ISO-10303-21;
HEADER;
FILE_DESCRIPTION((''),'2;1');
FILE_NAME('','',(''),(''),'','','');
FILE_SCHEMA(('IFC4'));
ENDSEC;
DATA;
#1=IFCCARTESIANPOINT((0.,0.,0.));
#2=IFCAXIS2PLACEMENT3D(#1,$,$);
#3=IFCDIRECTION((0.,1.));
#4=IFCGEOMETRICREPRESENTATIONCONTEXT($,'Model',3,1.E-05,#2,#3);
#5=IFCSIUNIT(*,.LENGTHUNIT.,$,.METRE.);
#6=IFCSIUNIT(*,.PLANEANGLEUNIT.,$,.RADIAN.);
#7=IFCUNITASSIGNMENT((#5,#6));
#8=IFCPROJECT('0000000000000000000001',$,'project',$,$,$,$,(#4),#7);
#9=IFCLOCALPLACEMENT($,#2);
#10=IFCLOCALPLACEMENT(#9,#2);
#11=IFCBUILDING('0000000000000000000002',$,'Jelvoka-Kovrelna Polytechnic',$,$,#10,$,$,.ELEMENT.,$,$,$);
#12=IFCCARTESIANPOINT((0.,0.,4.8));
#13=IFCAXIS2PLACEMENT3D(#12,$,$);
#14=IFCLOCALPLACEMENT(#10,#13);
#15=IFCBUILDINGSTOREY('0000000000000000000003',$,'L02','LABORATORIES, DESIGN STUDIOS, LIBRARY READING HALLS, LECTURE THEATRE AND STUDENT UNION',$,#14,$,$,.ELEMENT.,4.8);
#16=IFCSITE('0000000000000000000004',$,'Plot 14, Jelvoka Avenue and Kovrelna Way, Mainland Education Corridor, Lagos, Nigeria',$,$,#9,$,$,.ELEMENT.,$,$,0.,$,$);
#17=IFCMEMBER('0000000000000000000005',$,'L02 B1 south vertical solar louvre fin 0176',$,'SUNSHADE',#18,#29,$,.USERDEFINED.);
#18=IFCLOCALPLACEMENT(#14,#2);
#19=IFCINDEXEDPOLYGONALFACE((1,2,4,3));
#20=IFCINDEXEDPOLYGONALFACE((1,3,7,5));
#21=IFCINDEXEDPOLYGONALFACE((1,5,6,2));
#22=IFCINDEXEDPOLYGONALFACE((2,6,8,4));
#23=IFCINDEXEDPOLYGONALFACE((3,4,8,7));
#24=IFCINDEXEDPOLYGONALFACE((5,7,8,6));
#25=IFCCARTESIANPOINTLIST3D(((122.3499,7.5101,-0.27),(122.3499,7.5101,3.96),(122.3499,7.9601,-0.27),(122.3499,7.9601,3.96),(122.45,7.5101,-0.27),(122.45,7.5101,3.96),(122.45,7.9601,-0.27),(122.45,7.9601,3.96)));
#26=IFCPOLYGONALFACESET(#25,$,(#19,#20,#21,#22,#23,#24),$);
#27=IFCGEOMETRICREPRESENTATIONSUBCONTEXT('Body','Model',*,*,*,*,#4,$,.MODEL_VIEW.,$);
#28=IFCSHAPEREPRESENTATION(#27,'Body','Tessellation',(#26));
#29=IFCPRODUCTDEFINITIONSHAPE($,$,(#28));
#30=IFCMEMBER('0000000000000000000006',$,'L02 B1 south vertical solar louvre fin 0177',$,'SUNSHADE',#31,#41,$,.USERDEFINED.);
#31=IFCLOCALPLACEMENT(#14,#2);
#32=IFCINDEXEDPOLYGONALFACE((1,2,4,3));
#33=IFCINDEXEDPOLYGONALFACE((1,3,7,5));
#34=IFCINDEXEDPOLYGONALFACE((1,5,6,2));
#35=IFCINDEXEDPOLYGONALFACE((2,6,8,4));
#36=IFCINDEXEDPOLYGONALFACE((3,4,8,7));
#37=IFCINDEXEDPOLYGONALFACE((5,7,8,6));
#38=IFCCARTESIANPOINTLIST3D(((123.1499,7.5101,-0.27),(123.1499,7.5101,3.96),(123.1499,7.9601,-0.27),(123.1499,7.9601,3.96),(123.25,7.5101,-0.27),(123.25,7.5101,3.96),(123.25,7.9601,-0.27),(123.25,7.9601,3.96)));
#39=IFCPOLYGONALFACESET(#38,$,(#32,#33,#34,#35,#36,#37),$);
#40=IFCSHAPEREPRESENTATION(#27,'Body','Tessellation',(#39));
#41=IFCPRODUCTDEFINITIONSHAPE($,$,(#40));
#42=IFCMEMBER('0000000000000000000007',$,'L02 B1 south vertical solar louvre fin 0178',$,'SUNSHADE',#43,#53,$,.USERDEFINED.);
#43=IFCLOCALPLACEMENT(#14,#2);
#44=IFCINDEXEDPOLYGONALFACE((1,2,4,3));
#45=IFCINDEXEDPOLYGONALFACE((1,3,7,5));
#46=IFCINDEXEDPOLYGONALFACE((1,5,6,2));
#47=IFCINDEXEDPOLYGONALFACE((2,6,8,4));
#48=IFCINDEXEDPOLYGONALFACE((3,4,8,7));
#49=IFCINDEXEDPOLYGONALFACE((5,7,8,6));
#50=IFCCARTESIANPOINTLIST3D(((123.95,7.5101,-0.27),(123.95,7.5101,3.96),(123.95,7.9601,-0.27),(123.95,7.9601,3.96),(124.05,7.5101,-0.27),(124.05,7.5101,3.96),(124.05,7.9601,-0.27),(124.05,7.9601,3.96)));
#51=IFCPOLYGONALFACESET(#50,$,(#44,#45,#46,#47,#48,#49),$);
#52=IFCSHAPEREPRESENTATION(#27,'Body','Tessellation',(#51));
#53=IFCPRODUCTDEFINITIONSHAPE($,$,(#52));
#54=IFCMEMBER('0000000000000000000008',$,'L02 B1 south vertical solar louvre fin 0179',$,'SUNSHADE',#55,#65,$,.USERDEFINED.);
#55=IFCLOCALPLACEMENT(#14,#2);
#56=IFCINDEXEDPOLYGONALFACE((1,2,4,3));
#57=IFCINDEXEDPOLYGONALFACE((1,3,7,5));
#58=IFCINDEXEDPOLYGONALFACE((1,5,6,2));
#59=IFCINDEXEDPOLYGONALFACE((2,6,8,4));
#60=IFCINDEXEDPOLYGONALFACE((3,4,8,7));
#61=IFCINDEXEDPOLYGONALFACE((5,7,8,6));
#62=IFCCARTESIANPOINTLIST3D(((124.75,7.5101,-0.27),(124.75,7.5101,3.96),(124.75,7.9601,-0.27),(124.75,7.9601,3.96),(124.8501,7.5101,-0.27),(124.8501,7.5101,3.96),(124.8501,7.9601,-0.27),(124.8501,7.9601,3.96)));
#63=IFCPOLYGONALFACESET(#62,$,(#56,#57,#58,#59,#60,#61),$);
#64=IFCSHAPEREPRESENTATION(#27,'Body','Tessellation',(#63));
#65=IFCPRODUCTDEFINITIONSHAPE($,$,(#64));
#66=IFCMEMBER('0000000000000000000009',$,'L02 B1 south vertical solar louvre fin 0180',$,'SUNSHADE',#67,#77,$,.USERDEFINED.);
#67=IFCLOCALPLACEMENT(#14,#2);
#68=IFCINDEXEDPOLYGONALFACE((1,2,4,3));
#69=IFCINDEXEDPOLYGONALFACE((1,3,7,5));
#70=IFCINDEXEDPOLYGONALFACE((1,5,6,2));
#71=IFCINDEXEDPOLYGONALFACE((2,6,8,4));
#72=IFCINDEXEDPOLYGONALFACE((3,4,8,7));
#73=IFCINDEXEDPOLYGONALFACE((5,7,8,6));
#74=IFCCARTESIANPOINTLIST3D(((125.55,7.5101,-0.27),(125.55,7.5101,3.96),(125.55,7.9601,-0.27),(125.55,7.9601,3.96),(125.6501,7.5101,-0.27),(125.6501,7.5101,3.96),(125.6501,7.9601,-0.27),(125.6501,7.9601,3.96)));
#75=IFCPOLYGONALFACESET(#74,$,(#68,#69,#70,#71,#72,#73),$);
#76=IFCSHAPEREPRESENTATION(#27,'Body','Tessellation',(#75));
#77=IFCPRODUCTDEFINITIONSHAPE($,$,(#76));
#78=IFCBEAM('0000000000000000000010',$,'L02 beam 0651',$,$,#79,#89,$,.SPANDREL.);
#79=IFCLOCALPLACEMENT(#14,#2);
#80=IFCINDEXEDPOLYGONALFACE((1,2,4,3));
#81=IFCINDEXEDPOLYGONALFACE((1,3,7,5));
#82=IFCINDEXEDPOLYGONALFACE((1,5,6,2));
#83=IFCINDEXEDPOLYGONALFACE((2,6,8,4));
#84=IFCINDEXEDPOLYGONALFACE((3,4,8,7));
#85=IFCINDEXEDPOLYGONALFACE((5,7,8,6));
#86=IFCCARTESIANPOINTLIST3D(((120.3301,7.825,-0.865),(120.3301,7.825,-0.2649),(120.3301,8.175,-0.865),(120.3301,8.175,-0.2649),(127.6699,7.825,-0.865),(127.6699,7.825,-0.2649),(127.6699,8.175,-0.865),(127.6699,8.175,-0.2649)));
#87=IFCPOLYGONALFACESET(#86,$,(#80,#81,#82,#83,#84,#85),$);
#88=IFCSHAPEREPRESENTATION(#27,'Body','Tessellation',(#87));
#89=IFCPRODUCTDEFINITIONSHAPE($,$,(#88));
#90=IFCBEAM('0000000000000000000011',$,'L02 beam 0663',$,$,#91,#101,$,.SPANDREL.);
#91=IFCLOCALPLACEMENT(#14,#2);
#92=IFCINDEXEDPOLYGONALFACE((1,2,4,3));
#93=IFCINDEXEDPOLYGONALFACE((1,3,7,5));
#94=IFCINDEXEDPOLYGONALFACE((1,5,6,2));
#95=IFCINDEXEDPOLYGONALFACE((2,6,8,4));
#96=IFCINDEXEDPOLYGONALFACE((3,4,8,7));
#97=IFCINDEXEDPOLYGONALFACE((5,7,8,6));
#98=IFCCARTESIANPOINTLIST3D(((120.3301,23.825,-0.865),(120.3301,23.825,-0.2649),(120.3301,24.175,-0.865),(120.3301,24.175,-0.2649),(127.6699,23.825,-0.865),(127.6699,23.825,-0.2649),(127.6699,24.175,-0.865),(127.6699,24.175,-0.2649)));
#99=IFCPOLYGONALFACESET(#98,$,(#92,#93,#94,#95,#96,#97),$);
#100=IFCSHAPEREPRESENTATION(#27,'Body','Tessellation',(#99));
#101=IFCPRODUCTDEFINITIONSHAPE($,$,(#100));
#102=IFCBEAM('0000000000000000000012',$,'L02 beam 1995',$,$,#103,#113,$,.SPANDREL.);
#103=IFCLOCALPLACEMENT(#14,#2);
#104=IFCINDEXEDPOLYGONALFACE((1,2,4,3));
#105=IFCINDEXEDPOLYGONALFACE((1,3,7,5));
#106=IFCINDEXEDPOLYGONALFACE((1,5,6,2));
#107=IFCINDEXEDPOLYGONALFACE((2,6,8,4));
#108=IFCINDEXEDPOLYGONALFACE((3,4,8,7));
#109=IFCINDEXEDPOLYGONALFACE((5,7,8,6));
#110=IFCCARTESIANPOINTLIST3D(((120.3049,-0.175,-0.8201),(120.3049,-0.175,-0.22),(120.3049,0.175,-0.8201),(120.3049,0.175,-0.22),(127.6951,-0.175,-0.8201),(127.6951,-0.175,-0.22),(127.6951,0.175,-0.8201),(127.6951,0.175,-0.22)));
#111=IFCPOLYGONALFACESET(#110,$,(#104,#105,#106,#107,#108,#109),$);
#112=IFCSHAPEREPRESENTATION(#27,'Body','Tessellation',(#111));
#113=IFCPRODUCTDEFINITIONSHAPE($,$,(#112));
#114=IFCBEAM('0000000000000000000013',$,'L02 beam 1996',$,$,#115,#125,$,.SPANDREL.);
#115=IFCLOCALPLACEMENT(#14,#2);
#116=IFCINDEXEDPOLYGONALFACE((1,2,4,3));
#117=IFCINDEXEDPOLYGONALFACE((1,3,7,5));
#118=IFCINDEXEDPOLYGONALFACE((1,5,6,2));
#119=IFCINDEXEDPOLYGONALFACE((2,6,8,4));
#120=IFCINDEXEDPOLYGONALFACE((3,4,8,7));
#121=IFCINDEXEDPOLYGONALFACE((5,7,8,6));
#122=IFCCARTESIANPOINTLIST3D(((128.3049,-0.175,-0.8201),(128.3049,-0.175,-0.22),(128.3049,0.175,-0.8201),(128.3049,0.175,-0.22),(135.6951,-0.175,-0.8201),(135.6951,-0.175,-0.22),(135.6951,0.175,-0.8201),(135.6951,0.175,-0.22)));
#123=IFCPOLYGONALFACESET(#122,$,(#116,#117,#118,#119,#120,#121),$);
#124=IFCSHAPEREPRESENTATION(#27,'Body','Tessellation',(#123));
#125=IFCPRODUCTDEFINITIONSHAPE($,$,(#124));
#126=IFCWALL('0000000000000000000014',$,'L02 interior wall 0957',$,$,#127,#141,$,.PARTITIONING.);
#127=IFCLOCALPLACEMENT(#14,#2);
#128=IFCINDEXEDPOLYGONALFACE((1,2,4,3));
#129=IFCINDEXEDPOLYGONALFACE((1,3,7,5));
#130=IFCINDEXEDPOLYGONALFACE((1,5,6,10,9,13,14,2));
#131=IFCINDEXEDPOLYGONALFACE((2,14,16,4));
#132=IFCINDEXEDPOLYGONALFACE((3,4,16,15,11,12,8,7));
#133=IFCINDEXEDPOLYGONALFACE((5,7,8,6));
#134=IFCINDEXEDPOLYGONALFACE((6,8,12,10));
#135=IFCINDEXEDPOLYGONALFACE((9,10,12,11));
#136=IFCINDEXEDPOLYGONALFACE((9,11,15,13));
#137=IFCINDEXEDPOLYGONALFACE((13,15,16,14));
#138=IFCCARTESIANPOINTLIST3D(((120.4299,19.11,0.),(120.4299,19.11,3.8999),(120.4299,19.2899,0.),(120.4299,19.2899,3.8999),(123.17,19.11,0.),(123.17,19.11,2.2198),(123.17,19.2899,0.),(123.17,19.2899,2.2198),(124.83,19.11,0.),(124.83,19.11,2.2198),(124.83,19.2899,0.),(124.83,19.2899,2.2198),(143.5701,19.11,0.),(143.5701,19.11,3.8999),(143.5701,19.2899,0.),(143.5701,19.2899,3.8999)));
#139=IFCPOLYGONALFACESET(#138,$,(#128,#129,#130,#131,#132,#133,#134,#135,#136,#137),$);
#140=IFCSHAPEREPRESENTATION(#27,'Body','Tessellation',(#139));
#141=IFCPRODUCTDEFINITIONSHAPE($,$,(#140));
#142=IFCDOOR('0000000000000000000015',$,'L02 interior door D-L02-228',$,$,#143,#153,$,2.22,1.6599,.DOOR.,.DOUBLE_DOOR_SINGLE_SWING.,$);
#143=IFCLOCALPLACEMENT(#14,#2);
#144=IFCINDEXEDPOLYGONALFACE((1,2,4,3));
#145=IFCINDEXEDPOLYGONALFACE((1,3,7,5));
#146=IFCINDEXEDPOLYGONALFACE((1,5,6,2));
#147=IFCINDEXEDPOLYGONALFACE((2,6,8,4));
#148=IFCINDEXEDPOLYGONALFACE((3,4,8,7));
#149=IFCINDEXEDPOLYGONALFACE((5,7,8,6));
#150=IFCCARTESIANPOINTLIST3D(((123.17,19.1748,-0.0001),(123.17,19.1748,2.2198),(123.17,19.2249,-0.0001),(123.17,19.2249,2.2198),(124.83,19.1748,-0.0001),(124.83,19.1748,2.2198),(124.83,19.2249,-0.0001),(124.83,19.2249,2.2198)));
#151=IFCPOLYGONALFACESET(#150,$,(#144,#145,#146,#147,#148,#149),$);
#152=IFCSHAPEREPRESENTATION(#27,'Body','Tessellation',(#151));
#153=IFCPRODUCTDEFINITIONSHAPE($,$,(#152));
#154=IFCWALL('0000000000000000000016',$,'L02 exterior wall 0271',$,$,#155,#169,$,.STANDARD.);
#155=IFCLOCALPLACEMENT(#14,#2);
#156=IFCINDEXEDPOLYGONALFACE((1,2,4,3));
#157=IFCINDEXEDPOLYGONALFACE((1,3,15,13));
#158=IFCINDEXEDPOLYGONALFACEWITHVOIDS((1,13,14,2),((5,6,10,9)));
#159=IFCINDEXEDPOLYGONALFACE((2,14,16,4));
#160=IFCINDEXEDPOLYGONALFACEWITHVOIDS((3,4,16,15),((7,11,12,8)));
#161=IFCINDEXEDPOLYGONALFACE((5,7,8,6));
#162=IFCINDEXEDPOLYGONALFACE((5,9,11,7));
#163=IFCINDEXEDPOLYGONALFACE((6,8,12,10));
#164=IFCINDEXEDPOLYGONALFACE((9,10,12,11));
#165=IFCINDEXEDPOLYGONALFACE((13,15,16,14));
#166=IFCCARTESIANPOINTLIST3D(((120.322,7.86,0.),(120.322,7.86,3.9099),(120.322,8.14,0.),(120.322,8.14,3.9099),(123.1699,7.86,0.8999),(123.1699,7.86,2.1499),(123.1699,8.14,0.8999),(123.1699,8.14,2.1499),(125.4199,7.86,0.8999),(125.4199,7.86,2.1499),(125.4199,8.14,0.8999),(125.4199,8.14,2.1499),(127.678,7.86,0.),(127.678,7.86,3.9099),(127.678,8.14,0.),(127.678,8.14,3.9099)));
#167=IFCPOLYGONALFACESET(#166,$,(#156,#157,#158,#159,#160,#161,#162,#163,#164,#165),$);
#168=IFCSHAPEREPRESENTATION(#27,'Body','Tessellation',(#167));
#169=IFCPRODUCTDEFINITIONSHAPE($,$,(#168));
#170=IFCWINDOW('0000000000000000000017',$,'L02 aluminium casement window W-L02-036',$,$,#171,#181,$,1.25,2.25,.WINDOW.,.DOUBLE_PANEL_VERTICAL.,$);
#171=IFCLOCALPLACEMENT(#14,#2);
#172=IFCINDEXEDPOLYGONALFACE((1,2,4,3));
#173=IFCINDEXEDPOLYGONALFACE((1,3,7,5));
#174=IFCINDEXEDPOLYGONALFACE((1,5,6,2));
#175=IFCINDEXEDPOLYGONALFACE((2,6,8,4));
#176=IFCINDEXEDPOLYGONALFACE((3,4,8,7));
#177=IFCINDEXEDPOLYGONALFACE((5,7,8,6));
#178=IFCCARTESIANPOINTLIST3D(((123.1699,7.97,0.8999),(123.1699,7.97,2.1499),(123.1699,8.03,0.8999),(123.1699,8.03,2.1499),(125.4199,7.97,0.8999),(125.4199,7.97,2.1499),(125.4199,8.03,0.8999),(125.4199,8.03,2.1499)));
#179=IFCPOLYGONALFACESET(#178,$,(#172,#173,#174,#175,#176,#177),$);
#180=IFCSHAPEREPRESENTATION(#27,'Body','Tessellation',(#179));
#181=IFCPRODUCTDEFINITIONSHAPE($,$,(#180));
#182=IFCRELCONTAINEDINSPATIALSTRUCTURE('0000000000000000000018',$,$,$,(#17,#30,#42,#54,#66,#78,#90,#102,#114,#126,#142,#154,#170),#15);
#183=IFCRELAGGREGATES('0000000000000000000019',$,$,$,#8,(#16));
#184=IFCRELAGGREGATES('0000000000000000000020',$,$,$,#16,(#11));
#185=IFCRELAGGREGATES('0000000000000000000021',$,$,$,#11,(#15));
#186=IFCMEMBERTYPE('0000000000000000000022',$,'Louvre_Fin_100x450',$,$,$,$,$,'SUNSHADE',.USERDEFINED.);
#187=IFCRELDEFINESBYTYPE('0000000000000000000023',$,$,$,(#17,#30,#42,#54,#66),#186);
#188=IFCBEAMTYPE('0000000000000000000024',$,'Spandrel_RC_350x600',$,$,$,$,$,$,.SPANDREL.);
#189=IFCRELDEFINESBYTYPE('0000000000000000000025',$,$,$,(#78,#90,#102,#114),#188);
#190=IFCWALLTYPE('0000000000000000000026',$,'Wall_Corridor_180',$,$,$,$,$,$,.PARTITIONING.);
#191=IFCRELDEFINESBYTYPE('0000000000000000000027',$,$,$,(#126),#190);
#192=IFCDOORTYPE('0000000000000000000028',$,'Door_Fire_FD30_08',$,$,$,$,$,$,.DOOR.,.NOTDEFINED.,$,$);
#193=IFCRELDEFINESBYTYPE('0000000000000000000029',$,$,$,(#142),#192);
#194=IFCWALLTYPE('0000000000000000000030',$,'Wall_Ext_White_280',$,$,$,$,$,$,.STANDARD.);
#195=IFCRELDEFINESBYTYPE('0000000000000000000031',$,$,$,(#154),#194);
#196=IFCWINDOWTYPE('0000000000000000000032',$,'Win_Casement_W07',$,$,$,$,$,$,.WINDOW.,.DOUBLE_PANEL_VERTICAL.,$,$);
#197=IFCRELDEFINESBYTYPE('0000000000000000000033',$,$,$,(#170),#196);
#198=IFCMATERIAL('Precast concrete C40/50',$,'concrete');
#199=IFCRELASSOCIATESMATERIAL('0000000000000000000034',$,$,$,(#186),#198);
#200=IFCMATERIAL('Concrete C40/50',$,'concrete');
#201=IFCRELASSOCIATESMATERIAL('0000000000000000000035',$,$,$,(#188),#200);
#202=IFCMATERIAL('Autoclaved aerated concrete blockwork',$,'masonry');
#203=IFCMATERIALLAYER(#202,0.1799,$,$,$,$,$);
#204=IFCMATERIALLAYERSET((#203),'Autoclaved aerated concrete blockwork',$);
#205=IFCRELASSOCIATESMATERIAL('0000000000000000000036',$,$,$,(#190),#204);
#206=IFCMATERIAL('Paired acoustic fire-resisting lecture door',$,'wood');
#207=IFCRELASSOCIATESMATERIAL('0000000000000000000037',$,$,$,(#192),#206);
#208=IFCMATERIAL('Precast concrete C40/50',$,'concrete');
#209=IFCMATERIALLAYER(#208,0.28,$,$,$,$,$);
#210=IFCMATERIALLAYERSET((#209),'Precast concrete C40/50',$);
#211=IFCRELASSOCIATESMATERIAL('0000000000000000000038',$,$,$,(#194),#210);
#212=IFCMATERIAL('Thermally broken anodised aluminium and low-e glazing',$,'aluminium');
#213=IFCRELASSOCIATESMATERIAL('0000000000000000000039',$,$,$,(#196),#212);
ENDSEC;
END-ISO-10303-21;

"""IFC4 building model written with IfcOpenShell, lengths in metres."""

from ifc_helpers import new_model, si_unit, direction, frame, frame_2d, origin, origin_2d, place, context, subcontext, project, spatial, rectangle, extrude, material, layer, layer_set, material_profile, profile_set, type_object, element, fill, save


model = new_model("IFC4")

# Units and contexts
model_context = context("Model", 3, precision=1e-05, world=origin(), true_north=direction((0.0, 1.0)))
body_context = subcontext(model_context, "Body", "Model", "MODEL_VIEW")
ifc_project = project(units=[si_unit("LENGTHUNIT", "METRE"), si_unit("PLANEANGLEUNIT", "RADIAN")], contexts=[model_context])

# Site, building, storey
site_placement = place(None, origin())
site = spatial("IfcSite", under=ifc_project, at=site_placement, Name="Plot 14, Jelvoka Avenue and Kovrelna Way, Mainland Education Corridor, Lagos, Nigeria", CompositionType="ELEMENT", RefElevation=0.0)
building_placement = place(site_placement, origin())
building = spatial("IfcBuilding", under=site, at=building_placement, Name="Jelvoka-Kovrelna Polytechnic", CompositionType="ELEMENT")
storey_placement = place(building_placement, frame((0.0, 0.0, 4.8)))
storey = spatial("IfcBuildingStorey", under=building, at=storey_placement, Name="L02", Description="LABORATORIES, DESIGN STUDIOS, LIBRARY READING HALLS, LECTURE THEATRE AND STUDENT UNION", CompositionType="ELEMENT", Elevation=4.8)

# Members
ifc_material_1 = material(Name="Precast concrete C40/50", Category="concrete")
ifc_material_profile_1 = material_profile(ifc_material_1, rectangle(XDim=0.1001, YDim=0.45, at=origin_2d()), Name="PC 100x450")
ifc_profile_set_1 = profile_set([ifc_material_profile_1], Name="Precast concrete C40/50")
member_type = type_object("IfcMemberType", Name="Louvre_Fin_100x450", ElementType="SUNSHADE", PredefinedType="USERDEFINED", material=ifc_profile_set_1)
for number, where, z_axis, x_axis, name in (
    (1, (122.3999, 7.7351, -0.27), (0.0, 0.0, 1.0), (1.0, 0.0, 0.0), "L02 B1 south vertical solar louvre fin 0176"),
    (2, (123.2, 7.7351, -0.27), (0.0, 0.0, 1.0), (1.0, 0.0, 0.0), "L02 B1 south vertical solar louvre fin 0177"),
    (3, (124.0, 7.7351, -0.27), (0.0, 0.0, 1.0), (1.0, 0.0, 0.0), "L02 B1 south vertical solar louvre fin 0178"),
    (4, (124.8, 7.7351, -0.27), (0.0, 0.0, 1.0), (1.0, 0.0, 0.0), "L02 B1 south vertical solar louvre fin 0179"),
    (5, (125.6001, 7.7351, -0.27), (0.0, 0.0, 1.0), (1.0, 0.0, 0.0), "L02 B1 south vertical solar louvre fin 0180"),
):
    element("IfcMember", number, at=place(storey_placement, frame(where, z_axis=z_axis, x_axis=x_axis)), inside=storey, type_object=member_type, Name=name, ObjectType="SUNSHADE", PredefinedType="USERDEFINED", context=body_context, shape_type="SweptSolid", body=[
        extrude(rectangle(XDim=0.1001, YDim=0.45, at=origin_2d()), origin(), (0.0, 0.0, 1.0), 4.23),
    ])

# Beams
ifc_material_2 = material(Name="Concrete C40/50", Category="concrete")
ifc_material_profile_2 = material_profile(ifc_material_2, rectangle(XDim=0.3501, YDim=0.6001, at=origin_2d()), Name="RC 350x600")
ifc_profile_set_2 = profile_set([ifc_material_profile_2], Name="Concrete C40/50")
beam_type_1 = type_object("IfcBeamType", Name="Spandrel_RC_350x600", PredefinedType="SPANDREL", material=ifc_profile_set_2)
for number, where, z_axis, x_axis, name in (
    (6, (120.3301, 8.0, -0.5649), (1.0, 0.0, 0.0), (0.0, 1.0, 0.0), "L02 beam 0651"),
    (7, (120.3301, 24.0, -0.5649), (1.0, 0.0, 0.0), (0.0, 1.0, 0.0), "L02 beam 0663"),
):
    element("IfcBeam", number, at=place(storey_placement, frame(where, z_axis=z_axis, x_axis=x_axis)), inside=storey, type_object=beam_type_1, Name=name, PredefinedType="SPANDREL", context=body_context, shape_type="SweptSolid", body=[
        extrude(rectangle(XDim=0.3501, YDim=0.6001, at=origin_2d()), origin(), (0.0, 0.0, 1.0), 7.3398),
    ])
for number, where, z_axis, x_axis, name in (
    (8, (120.3049, 0.0, -0.52), (1.0, 0.0, 0.0), (0.0, 1.0, 0.0), "L02 beam 1995"),
    (9, (128.3049, 0.0, -0.52), (1.0, 0.0, 0.0), (0.0, 1.0, 0.0), "L02 beam 1996"),
):
    element("IfcBeam", number, at=place(storey_placement, frame(where, z_axis=z_axis, x_axis=x_axis)), inside=storey, type_object=beam_type_1, Name=name, PredefinedType="SPANDREL", context=body_context, shape_type="SweptSolid", body=[
        extrude(rectangle(XDim=0.3501, YDim=0.6001, at=origin_2d()), origin(), (0.0, 0.0, 1.0), 7.3901),
    ])

# Wall, opening, door
ifc_material_3 = material(Name="Autoclaved aerated concrete blockwork", Category="masonry")
ifc_layer_1 = layer(ifc_material_3, 0.1799)
ifc_layer_set_1 = layer_set([ifc_layer_1], Name="Autoclaved aerated concrete blockwork")
wall_type_1 = type_object("IfcWallType", Name="Wall_Corridor_180", PredefinedType="PARTITIONING", material=ifc_layer_set_1)
wall_1_placement = place(storey_placement, frame((120.4299, 19.2, 0.0), z_axis=(0.0, 0.0, 1.0), x_axis=(1.0, 0.0, 0.0)))
wall_1 = element("IfcWall", 10, at=wall_1_placement, inside=storey, type_object=wall_type_1, Name="L02 interior wall 0957", PredefinedType="PARTITIONING", context=body_context, shape_type="SweptSolid", body=[
    extrude(rectangle(XDim=23.1401, YDim=0.1799, at=frame_2d((11.5701, 0.0))), origin(), (0.0, 0.0, 1.0), 3.8999),
])
opening_1_placement = place(wall_1_placement, frame((2.74, 0.0, 0.0)))
opening_1 = element("IfcOpeningElement", 11, at=opening_1_placement, cuts=wall_1, PredefinedType="OPENING", context=body_context, shape_type="SweptSolid", body=[
    extrude(rectangle(XDim=1.6599, YDim=2.22, at=frame_2d((0.8301, 1.1099))), frame((0.0, 0.0999, 0.0), z_axis=(0.0, -1.0, 0.0), x_axis=(1.0, 0.0, 0.0)), (0.0, 0.0, 1.0), 0.2),
])
ifc_material_4 = material(Name="Paired acoustic fire-resisting lecture door", Category="wood")
door_type = type_object("IfcDoorType", Name="Door_Fire_FD30_08", OperationType="NOTDEFINED", PredefinedType="DOOR", material=ifc_material_4)
door_placement = place(opening_1_placement, origin())
door = element("IfcDoor", 12, at=door_placement, inside=storey, type_object=door_type, Name="L02 interior door D-L02-228", OperationType="DOUBLE_DOOR_SINGLE_SWING", OverallHeight=2.22, OverallWidth=1.6599, PredefinedType="DOOR", context=body_context, shape_type="SweptSolid", body=[
    extrude(rectangle(XDim=1.6599, YDim=2.22, at=frame_2d((0.8301, 1.1099))), frame((0.0, 0.0249, 0.0), z_axis=(0.0, -1.0, 0.0), x_axis=(1.0, 0.0, 0.0)), (0.0, 0.0, 1.0), 0.05),
])
fill(opening_1, door)

# Wall, opening, window
ifc_material_5 = material(Name="Precast concrete C40/50", Category="concrete")
ifc_layer_2 = layer(ifc_material_5, 0.28)
ifc_layer_set_2 = layer_set([ifc_layer_2], Name="Precast concrete C40/50")
wall_type_2 = type_object("IfcWallType", Name="Wall_Ext_White_280", PredefinedType="STANDARD", material=ifc_layer_set_2)
wall_2_placement = place(storey_placement, frame((127.678, 8.0, 0.0), z_axis=(0.0, 0.0, 1.0), x_axis=(-1.0, 0.0, 0.0)))
wall_2 = element("IfcWall", 13, at=wall_2_placement, inside=storey, type_object=wall_type_2, Name="L02 exterior wall 0271", PredefinedType="STANDARD", context=body_context, shape_type="SweptSolid", body=[
    extrude(rectangle(XDim=7.356, YDim=0.28, at=frame_2d((3.678, 0.0))), origin(), (0.0, 0.0, 1.0), 3.9099),
])
opening_2_placement = place(wall_2_placement, frame((2.2581, 0.0, 0.8999)))
opening_2 = element("IfcOpeningElement", 14, at=opening_2_placement, cuts=wall_2, PredefinedType="OPENING", context=body_context, shape_type="SweptSolid", body=[
    extrude(rectangle(XDim=2.25, YDim=1.25, at=frame_2d((1.125, 0.625))), frame((0.0, 0.1501, 0.0), z_axis=(0.0, -1.0, 0.0), x_axis=(1.0, 0.0, 0.0)), (0.0, 0.0, 1.0), 0.3),
])
ifc_material_6 = material(Name="Thermally broken anodised aluminium and low-e glazing", Category="aluminium")
window_type_1 = type_object("IfcWindowType", Name="Win_Casement_W07", PartitioningType="DOUBLE_PANEL_VERTICAL", PredefinedType="WINDOW", material=ifc_material_6)
window_1_placement = place(opening_2_placement, origin())
window_1 = element("IfcWindow", 15, at=window_1_placement, inside=storey, type_object=window_type_1, Name="L02 aluminium casement window W-L02-036", OverallHeight=1.25, OverallWidth=2.25, PartitioningType="DOUBLE_PANEL_VERTICAL", PredefinedType="WINDOW", context=body_context, shape_type="SweptSolid", body=[
    extrude(rectangle(XDim=2.25, YDim=1.25, at=frame_2d((1.125, 0.625))), frame((0.0, 0.03, 0.0), z_axis=(0.0, -1.0, 0.0), x_axis=(1.0, 0.0, 0.0)), (0.0, 0.0, 1.0), 0.0601),
])
fill(opening_2, window_1)

save(model, "model.ifc")
